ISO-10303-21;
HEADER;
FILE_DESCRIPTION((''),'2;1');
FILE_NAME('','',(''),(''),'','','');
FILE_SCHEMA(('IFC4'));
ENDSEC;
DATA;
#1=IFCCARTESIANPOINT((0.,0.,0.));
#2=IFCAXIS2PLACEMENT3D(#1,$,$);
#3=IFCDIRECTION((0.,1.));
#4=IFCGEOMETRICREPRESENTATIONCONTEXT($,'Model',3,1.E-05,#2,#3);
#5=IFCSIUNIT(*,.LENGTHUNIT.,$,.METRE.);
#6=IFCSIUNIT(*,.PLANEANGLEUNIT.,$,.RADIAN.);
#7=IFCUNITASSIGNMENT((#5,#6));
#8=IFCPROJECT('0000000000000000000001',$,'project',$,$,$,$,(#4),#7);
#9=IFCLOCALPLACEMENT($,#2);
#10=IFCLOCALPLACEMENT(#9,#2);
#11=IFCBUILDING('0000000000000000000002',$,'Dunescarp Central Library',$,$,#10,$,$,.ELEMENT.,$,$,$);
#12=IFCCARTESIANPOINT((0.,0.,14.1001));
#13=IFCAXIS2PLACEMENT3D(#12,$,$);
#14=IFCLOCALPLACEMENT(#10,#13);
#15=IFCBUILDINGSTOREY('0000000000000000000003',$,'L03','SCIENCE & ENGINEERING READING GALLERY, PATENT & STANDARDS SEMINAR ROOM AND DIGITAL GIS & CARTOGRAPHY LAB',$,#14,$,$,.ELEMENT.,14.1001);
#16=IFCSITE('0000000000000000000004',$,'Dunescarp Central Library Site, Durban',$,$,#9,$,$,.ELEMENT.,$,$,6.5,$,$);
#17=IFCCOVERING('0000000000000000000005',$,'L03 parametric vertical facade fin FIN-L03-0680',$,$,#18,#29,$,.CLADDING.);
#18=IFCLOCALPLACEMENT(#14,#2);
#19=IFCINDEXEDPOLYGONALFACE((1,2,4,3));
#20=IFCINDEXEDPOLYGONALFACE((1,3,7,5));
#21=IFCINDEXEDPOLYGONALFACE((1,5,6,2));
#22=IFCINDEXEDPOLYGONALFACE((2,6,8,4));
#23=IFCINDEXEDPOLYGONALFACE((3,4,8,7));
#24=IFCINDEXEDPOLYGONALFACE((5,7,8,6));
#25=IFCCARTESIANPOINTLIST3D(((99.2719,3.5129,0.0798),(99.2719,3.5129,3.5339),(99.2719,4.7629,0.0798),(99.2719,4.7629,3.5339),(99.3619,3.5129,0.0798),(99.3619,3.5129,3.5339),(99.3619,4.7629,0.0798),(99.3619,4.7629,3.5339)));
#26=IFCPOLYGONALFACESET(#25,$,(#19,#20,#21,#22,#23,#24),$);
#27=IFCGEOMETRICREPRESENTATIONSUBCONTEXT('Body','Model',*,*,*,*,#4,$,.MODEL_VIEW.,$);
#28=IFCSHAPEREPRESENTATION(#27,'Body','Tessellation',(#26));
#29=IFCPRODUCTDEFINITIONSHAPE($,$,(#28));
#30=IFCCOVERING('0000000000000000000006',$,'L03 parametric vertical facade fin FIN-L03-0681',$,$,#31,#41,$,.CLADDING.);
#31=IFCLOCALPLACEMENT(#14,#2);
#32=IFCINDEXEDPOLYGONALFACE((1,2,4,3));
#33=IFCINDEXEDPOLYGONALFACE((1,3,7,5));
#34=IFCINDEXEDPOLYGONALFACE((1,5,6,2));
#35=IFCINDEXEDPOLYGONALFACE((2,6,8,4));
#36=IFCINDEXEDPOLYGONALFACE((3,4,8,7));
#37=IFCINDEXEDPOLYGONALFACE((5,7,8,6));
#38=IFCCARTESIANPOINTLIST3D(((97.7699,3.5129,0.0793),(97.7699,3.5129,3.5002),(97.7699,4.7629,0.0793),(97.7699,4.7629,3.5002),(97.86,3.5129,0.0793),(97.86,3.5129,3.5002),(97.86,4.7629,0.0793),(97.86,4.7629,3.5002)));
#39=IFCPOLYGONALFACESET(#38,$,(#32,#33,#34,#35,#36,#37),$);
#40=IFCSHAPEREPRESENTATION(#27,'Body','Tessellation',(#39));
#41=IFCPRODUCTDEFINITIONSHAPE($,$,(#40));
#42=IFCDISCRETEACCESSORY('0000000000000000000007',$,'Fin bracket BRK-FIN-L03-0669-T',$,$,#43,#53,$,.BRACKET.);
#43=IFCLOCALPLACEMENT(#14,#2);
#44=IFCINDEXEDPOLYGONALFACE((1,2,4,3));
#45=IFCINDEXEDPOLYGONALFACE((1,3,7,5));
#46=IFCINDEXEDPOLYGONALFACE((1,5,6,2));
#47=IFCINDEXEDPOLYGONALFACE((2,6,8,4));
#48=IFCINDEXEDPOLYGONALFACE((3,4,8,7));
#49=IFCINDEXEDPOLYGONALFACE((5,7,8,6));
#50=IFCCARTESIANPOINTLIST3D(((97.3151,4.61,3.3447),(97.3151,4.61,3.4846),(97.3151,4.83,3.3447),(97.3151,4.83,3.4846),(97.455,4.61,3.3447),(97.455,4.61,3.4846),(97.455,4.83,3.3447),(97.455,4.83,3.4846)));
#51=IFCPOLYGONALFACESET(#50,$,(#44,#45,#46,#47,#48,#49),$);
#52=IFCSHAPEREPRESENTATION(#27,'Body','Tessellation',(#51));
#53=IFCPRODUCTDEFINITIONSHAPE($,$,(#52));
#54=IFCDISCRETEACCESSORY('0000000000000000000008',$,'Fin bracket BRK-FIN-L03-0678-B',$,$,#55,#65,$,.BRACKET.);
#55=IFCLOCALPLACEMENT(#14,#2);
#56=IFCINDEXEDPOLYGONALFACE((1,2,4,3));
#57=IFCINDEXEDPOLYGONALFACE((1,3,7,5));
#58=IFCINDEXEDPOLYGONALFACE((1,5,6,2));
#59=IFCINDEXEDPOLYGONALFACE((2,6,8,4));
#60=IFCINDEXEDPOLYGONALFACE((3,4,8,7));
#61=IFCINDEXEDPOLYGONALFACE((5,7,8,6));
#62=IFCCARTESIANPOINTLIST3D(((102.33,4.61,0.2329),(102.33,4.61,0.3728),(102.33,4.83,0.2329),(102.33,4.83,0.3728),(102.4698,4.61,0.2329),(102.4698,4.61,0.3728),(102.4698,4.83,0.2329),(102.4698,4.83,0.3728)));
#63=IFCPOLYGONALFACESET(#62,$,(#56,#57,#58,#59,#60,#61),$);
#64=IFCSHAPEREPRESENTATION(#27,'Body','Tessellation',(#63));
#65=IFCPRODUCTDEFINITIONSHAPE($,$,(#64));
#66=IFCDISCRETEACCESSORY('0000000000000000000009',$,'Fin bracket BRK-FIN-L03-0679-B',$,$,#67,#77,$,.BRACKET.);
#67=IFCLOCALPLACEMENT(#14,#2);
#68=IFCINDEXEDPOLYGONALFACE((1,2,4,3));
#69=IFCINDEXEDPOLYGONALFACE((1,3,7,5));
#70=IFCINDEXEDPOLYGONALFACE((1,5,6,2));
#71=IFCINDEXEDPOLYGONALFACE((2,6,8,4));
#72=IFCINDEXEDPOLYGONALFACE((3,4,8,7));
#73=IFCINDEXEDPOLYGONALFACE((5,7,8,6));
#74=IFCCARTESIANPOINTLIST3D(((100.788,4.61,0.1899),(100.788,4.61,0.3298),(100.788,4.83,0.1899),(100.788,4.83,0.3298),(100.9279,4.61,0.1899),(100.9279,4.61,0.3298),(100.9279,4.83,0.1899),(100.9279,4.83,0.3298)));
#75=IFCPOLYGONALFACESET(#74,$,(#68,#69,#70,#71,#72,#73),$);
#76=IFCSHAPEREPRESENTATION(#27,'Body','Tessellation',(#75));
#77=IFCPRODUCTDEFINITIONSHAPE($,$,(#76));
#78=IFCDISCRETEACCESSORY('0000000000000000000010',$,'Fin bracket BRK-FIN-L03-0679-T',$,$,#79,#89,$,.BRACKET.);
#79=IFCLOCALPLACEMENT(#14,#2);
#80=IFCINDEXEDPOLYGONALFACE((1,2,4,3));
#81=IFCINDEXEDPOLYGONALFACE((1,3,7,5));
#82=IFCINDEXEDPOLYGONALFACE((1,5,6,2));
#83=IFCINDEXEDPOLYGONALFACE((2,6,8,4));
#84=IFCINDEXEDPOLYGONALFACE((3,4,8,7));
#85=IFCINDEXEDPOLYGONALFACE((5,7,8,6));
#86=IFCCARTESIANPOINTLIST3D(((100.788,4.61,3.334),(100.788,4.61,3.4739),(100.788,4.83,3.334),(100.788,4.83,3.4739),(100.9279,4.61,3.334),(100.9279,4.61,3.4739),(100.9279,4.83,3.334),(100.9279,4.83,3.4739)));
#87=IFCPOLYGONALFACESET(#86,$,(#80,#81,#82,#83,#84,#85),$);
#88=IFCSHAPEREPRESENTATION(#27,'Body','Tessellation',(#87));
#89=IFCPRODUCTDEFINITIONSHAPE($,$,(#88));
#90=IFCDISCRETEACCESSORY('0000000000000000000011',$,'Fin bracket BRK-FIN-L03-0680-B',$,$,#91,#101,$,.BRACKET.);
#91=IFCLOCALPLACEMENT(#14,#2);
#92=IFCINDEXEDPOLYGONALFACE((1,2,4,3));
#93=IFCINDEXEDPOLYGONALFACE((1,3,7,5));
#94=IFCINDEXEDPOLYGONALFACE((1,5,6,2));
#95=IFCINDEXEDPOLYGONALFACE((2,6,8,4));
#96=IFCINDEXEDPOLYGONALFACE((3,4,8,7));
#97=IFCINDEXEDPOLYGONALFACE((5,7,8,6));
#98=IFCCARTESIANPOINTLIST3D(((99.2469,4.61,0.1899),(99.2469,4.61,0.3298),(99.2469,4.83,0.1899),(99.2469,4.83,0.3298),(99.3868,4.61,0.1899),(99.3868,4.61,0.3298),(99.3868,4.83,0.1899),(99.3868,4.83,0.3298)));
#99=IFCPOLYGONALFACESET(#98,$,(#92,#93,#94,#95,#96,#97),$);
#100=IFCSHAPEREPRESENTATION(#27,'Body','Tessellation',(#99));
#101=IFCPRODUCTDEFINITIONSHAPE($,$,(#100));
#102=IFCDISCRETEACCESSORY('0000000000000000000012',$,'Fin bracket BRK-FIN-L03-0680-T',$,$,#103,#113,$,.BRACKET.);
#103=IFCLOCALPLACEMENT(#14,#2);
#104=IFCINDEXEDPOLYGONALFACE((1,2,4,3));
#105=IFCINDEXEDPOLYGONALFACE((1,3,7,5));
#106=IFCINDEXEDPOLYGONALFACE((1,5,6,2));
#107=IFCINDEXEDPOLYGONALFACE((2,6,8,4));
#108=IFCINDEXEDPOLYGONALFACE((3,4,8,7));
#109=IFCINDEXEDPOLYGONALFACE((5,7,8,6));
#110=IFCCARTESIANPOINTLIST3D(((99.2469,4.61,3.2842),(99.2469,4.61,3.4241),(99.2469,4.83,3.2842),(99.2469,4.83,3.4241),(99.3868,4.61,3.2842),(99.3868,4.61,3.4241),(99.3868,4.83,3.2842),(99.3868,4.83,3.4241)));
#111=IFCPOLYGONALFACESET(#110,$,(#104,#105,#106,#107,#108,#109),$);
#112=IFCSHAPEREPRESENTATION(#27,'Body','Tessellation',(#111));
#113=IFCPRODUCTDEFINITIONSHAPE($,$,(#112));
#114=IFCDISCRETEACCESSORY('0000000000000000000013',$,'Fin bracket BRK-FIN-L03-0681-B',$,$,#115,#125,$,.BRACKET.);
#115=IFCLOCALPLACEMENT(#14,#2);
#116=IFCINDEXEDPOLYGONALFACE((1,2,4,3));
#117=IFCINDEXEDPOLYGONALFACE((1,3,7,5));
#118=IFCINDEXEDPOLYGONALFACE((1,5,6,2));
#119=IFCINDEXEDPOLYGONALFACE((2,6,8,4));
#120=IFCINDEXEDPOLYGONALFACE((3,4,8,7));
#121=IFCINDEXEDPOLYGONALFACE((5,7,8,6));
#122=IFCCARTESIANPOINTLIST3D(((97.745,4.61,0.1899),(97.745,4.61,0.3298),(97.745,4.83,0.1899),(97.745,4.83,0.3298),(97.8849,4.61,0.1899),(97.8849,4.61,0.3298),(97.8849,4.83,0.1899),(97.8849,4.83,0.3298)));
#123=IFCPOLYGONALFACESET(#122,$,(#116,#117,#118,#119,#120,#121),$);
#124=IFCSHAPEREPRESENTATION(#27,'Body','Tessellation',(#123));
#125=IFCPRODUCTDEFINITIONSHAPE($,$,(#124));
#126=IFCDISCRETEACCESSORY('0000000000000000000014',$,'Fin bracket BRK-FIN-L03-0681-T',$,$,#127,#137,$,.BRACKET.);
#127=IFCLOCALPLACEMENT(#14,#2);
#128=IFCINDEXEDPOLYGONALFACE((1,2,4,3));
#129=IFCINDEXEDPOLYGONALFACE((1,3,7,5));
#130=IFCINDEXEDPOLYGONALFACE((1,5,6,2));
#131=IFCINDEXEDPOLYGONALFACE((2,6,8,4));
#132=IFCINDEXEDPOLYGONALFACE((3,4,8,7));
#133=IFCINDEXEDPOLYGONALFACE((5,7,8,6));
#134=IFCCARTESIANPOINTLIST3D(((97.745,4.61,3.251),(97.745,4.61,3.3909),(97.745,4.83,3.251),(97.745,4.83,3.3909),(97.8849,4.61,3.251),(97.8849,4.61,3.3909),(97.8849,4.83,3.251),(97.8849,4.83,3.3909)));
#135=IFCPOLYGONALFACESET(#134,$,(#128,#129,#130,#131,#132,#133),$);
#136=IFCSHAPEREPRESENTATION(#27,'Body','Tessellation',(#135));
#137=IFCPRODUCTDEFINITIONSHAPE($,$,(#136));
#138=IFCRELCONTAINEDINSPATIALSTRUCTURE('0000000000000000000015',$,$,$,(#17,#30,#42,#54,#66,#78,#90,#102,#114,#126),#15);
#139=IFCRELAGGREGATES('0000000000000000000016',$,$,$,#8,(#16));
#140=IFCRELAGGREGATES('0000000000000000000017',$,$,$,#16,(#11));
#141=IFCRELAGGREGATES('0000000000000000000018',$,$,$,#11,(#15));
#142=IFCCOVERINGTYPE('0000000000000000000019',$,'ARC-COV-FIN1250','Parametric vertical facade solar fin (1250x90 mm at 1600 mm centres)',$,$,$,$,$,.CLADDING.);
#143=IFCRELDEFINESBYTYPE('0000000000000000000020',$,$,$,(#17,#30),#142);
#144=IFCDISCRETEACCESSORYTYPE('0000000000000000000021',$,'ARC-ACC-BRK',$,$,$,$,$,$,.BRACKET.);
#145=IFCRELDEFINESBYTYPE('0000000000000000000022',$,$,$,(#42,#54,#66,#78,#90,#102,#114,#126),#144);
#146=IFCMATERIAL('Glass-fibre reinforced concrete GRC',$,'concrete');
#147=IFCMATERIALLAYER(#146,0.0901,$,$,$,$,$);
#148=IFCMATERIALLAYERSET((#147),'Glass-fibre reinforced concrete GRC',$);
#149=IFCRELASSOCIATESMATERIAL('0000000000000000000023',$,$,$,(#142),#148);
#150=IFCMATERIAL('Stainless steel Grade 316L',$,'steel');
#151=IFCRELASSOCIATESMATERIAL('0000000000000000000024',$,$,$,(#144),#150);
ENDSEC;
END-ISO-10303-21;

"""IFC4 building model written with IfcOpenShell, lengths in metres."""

from ifc_helpers import new_model, si_unit, direction, frame, origin, origin_2d, place, context, subcontext, project, spatial, rectangle, extrude, material, layer, layer_set, type_object, element, save


model = new_model("IFC4")

# Units and contexts
model_context = context("Model", 3, precision=1e-05, world=origin(), true_north=direction((0.0, 1.0)))
body_context = subcontext(model_context, "Body", "Model", "MODEL_VIEW")
ifc_project = project(units=[si_unit("LENGTHUNIT", "METRE"), si_unit("PLANEANGLEUNIT", "RADIAN")], contexts=[model_context])

# Site, building, storey
site_placement = place(None, origin())
site = spatial("IfcSite", under=ifc_project, at=site_placement, Name="Dunescarp Central Library Site, Durban", CompositionType="ELEMENT", RefElevation=6.5)
building_placement = place(site_placement, origin())
building = spatial("IfcBuilding", under=site, at=building_placement, Name="Dunescarp Central Library", CompositionType="ELEMENT")
storey_placement = place(building_placement, frame((0.0, 0.0, 14.1001)))
storey = spatial("IfcBuildingStorey", under=building, at=storey_placement, Name="L03", Description="SCIENCE & ENGINEERING READING GALLERY, PATENT & STANDARDS SEMINAR ROOM AND DIGITAL GIS & CARTOGRAPHY LAB", CompositionType="ELEMENT", Elevation=14.1001)

# Coverings
ifc_material_1 = material(Name="Glass-fibre reinforced concrete GRC", Category="concrete")
ifc_layer_1 = layer(ifc_material_1, 0.0901)
ifc_layer_set_1 = layer_set([ifc_layer_1], Name="Glass-fibre reinforced concrete GRC")
covering_type = type_object("IfcCoveringType", Name="ARC-COV-FIN1250", Description="Parametric vertical facade solar fin (1250x90 mm at 1600 mm centres)", PredefinedType="CLADDING", material=ifc_layer_set_1)
covering_1_placement = place(storey_placement, frame((99.3169, 4.1379, 0.0798), z_axis=(0.0, 0.0, 1.0), x_axis=(0.0, -1.0, 0.0)))
element("IfcCovering", 1, at=covering_1_placement, inside=storey, type_object=covering_type, Name="L03 parametric vertical facade fin FIN-L03-0680", PredefinedType="CLADDING", context=body_context, shape_type="SweptSolid", body=[
    extrude(rectangle(XDim=1.25, YDim=0.0901, at=origin_2d()), origin(), (0.0, 0.0, 1.0), 3.4541),
])
covering_2_placement = place(storey_placement, frame((97.8149, 4.1379, 0.0793), z_axis=(0.0, 0.0, 1.0), x_axis=(0.0, -1.0, 0.0)))
element("IfcCovering", 2, at=covering_2_placement, inside=storey, type_object=covering_type, Name="L03 parametric vertical facade fin FIN-L03-0681", PredefinedType="CLADDING", context=body_context, shape_type="SweptSolid", body=[
    extrude(rectangle(XDim=1.25, YDim=0.0901, at=origin_2d()), origin(), (0.0, 0.0, 1.0), 3.4209),
])

# Discrete accessories
ifc_material_2 = material(Name="Stainless steel Grade 316L", Category="steel")
discrete_accessory_type = type_object("IfcDiscreteAccessoryType", Name="ARC-ACC-BRK", PredefinedType="BRACKET", material=ifc_material_2)
for number, where, z_axis, x_axis, name in (
    (3, (97.385, 4.72, 3.3447), (0.0, 0.0, 1.0), (0.0, -1.0, 0.0), "Fin bracket BRK-FIN-L03-0669-T"),
    (4, (102.3999, 4.72, 0.2329), (0.0, 0.0, 1.0), (0.0, -1.0, 0.0), "Fin bracket BRK-FIN-L03-0678-B"),
    (5, (100.8579, 4.72, 0.1899), (0.0, 0.0, 1.0), (0.0, -1.0, 0.0), "Fin bracket BRK-FIN-L03-0679-B"),
    (6, (100.8579, 4.72, 3.334), (0.0, 0.0, 1.0), (0.0, -1.0, 0.0), "Fin bracket BRK-FIN-L03-0679-T"),
    (7, (99.3169, 4.72, 0.1899), (0.0, 0.0, 1.0), (0.0, -1.0, 0.0), "Fin bracket BRK-FIN-L03-0680-B"),
    (8, (99.3169, 4.72, 3.2842), (0.0, 0.0, 1.0), (0.0, -1.0, 0.0), "Fin bracket BRK-FIN-L03-0680-T"),
    (9, (97.8149, 4.72, 0.1899), (0.0, 0.0, 1.0), (0.0, -1.0, 0.0), "Fin bracket BRK-FIN-L03-0681-B"),
    (10, (97.8149, 4.72, 3.251), (0.0, 0.0, 1.0), (0.0, -1.0, 0.0), "Fin bracket BRK-FIN-L03-0681-T"),
):
    element("IfcDiscreteAccessory", number, at=place(storey_placement, frame(where, z_axis=z_axis, x_axis=x_axis)), inside=storey, type_object=discrete_accessory_type, Name=name, PredefinedType="BRACKET", context=body_context, shape_type="SweptSolid", body=[
        extrude(rectangle(XDim=0.22, YDim=0.1399, at=origin_2d()), origin(), (0.0, 0.0, 1.0), 0.1399),
    ])

save(model, "model.ifc")
